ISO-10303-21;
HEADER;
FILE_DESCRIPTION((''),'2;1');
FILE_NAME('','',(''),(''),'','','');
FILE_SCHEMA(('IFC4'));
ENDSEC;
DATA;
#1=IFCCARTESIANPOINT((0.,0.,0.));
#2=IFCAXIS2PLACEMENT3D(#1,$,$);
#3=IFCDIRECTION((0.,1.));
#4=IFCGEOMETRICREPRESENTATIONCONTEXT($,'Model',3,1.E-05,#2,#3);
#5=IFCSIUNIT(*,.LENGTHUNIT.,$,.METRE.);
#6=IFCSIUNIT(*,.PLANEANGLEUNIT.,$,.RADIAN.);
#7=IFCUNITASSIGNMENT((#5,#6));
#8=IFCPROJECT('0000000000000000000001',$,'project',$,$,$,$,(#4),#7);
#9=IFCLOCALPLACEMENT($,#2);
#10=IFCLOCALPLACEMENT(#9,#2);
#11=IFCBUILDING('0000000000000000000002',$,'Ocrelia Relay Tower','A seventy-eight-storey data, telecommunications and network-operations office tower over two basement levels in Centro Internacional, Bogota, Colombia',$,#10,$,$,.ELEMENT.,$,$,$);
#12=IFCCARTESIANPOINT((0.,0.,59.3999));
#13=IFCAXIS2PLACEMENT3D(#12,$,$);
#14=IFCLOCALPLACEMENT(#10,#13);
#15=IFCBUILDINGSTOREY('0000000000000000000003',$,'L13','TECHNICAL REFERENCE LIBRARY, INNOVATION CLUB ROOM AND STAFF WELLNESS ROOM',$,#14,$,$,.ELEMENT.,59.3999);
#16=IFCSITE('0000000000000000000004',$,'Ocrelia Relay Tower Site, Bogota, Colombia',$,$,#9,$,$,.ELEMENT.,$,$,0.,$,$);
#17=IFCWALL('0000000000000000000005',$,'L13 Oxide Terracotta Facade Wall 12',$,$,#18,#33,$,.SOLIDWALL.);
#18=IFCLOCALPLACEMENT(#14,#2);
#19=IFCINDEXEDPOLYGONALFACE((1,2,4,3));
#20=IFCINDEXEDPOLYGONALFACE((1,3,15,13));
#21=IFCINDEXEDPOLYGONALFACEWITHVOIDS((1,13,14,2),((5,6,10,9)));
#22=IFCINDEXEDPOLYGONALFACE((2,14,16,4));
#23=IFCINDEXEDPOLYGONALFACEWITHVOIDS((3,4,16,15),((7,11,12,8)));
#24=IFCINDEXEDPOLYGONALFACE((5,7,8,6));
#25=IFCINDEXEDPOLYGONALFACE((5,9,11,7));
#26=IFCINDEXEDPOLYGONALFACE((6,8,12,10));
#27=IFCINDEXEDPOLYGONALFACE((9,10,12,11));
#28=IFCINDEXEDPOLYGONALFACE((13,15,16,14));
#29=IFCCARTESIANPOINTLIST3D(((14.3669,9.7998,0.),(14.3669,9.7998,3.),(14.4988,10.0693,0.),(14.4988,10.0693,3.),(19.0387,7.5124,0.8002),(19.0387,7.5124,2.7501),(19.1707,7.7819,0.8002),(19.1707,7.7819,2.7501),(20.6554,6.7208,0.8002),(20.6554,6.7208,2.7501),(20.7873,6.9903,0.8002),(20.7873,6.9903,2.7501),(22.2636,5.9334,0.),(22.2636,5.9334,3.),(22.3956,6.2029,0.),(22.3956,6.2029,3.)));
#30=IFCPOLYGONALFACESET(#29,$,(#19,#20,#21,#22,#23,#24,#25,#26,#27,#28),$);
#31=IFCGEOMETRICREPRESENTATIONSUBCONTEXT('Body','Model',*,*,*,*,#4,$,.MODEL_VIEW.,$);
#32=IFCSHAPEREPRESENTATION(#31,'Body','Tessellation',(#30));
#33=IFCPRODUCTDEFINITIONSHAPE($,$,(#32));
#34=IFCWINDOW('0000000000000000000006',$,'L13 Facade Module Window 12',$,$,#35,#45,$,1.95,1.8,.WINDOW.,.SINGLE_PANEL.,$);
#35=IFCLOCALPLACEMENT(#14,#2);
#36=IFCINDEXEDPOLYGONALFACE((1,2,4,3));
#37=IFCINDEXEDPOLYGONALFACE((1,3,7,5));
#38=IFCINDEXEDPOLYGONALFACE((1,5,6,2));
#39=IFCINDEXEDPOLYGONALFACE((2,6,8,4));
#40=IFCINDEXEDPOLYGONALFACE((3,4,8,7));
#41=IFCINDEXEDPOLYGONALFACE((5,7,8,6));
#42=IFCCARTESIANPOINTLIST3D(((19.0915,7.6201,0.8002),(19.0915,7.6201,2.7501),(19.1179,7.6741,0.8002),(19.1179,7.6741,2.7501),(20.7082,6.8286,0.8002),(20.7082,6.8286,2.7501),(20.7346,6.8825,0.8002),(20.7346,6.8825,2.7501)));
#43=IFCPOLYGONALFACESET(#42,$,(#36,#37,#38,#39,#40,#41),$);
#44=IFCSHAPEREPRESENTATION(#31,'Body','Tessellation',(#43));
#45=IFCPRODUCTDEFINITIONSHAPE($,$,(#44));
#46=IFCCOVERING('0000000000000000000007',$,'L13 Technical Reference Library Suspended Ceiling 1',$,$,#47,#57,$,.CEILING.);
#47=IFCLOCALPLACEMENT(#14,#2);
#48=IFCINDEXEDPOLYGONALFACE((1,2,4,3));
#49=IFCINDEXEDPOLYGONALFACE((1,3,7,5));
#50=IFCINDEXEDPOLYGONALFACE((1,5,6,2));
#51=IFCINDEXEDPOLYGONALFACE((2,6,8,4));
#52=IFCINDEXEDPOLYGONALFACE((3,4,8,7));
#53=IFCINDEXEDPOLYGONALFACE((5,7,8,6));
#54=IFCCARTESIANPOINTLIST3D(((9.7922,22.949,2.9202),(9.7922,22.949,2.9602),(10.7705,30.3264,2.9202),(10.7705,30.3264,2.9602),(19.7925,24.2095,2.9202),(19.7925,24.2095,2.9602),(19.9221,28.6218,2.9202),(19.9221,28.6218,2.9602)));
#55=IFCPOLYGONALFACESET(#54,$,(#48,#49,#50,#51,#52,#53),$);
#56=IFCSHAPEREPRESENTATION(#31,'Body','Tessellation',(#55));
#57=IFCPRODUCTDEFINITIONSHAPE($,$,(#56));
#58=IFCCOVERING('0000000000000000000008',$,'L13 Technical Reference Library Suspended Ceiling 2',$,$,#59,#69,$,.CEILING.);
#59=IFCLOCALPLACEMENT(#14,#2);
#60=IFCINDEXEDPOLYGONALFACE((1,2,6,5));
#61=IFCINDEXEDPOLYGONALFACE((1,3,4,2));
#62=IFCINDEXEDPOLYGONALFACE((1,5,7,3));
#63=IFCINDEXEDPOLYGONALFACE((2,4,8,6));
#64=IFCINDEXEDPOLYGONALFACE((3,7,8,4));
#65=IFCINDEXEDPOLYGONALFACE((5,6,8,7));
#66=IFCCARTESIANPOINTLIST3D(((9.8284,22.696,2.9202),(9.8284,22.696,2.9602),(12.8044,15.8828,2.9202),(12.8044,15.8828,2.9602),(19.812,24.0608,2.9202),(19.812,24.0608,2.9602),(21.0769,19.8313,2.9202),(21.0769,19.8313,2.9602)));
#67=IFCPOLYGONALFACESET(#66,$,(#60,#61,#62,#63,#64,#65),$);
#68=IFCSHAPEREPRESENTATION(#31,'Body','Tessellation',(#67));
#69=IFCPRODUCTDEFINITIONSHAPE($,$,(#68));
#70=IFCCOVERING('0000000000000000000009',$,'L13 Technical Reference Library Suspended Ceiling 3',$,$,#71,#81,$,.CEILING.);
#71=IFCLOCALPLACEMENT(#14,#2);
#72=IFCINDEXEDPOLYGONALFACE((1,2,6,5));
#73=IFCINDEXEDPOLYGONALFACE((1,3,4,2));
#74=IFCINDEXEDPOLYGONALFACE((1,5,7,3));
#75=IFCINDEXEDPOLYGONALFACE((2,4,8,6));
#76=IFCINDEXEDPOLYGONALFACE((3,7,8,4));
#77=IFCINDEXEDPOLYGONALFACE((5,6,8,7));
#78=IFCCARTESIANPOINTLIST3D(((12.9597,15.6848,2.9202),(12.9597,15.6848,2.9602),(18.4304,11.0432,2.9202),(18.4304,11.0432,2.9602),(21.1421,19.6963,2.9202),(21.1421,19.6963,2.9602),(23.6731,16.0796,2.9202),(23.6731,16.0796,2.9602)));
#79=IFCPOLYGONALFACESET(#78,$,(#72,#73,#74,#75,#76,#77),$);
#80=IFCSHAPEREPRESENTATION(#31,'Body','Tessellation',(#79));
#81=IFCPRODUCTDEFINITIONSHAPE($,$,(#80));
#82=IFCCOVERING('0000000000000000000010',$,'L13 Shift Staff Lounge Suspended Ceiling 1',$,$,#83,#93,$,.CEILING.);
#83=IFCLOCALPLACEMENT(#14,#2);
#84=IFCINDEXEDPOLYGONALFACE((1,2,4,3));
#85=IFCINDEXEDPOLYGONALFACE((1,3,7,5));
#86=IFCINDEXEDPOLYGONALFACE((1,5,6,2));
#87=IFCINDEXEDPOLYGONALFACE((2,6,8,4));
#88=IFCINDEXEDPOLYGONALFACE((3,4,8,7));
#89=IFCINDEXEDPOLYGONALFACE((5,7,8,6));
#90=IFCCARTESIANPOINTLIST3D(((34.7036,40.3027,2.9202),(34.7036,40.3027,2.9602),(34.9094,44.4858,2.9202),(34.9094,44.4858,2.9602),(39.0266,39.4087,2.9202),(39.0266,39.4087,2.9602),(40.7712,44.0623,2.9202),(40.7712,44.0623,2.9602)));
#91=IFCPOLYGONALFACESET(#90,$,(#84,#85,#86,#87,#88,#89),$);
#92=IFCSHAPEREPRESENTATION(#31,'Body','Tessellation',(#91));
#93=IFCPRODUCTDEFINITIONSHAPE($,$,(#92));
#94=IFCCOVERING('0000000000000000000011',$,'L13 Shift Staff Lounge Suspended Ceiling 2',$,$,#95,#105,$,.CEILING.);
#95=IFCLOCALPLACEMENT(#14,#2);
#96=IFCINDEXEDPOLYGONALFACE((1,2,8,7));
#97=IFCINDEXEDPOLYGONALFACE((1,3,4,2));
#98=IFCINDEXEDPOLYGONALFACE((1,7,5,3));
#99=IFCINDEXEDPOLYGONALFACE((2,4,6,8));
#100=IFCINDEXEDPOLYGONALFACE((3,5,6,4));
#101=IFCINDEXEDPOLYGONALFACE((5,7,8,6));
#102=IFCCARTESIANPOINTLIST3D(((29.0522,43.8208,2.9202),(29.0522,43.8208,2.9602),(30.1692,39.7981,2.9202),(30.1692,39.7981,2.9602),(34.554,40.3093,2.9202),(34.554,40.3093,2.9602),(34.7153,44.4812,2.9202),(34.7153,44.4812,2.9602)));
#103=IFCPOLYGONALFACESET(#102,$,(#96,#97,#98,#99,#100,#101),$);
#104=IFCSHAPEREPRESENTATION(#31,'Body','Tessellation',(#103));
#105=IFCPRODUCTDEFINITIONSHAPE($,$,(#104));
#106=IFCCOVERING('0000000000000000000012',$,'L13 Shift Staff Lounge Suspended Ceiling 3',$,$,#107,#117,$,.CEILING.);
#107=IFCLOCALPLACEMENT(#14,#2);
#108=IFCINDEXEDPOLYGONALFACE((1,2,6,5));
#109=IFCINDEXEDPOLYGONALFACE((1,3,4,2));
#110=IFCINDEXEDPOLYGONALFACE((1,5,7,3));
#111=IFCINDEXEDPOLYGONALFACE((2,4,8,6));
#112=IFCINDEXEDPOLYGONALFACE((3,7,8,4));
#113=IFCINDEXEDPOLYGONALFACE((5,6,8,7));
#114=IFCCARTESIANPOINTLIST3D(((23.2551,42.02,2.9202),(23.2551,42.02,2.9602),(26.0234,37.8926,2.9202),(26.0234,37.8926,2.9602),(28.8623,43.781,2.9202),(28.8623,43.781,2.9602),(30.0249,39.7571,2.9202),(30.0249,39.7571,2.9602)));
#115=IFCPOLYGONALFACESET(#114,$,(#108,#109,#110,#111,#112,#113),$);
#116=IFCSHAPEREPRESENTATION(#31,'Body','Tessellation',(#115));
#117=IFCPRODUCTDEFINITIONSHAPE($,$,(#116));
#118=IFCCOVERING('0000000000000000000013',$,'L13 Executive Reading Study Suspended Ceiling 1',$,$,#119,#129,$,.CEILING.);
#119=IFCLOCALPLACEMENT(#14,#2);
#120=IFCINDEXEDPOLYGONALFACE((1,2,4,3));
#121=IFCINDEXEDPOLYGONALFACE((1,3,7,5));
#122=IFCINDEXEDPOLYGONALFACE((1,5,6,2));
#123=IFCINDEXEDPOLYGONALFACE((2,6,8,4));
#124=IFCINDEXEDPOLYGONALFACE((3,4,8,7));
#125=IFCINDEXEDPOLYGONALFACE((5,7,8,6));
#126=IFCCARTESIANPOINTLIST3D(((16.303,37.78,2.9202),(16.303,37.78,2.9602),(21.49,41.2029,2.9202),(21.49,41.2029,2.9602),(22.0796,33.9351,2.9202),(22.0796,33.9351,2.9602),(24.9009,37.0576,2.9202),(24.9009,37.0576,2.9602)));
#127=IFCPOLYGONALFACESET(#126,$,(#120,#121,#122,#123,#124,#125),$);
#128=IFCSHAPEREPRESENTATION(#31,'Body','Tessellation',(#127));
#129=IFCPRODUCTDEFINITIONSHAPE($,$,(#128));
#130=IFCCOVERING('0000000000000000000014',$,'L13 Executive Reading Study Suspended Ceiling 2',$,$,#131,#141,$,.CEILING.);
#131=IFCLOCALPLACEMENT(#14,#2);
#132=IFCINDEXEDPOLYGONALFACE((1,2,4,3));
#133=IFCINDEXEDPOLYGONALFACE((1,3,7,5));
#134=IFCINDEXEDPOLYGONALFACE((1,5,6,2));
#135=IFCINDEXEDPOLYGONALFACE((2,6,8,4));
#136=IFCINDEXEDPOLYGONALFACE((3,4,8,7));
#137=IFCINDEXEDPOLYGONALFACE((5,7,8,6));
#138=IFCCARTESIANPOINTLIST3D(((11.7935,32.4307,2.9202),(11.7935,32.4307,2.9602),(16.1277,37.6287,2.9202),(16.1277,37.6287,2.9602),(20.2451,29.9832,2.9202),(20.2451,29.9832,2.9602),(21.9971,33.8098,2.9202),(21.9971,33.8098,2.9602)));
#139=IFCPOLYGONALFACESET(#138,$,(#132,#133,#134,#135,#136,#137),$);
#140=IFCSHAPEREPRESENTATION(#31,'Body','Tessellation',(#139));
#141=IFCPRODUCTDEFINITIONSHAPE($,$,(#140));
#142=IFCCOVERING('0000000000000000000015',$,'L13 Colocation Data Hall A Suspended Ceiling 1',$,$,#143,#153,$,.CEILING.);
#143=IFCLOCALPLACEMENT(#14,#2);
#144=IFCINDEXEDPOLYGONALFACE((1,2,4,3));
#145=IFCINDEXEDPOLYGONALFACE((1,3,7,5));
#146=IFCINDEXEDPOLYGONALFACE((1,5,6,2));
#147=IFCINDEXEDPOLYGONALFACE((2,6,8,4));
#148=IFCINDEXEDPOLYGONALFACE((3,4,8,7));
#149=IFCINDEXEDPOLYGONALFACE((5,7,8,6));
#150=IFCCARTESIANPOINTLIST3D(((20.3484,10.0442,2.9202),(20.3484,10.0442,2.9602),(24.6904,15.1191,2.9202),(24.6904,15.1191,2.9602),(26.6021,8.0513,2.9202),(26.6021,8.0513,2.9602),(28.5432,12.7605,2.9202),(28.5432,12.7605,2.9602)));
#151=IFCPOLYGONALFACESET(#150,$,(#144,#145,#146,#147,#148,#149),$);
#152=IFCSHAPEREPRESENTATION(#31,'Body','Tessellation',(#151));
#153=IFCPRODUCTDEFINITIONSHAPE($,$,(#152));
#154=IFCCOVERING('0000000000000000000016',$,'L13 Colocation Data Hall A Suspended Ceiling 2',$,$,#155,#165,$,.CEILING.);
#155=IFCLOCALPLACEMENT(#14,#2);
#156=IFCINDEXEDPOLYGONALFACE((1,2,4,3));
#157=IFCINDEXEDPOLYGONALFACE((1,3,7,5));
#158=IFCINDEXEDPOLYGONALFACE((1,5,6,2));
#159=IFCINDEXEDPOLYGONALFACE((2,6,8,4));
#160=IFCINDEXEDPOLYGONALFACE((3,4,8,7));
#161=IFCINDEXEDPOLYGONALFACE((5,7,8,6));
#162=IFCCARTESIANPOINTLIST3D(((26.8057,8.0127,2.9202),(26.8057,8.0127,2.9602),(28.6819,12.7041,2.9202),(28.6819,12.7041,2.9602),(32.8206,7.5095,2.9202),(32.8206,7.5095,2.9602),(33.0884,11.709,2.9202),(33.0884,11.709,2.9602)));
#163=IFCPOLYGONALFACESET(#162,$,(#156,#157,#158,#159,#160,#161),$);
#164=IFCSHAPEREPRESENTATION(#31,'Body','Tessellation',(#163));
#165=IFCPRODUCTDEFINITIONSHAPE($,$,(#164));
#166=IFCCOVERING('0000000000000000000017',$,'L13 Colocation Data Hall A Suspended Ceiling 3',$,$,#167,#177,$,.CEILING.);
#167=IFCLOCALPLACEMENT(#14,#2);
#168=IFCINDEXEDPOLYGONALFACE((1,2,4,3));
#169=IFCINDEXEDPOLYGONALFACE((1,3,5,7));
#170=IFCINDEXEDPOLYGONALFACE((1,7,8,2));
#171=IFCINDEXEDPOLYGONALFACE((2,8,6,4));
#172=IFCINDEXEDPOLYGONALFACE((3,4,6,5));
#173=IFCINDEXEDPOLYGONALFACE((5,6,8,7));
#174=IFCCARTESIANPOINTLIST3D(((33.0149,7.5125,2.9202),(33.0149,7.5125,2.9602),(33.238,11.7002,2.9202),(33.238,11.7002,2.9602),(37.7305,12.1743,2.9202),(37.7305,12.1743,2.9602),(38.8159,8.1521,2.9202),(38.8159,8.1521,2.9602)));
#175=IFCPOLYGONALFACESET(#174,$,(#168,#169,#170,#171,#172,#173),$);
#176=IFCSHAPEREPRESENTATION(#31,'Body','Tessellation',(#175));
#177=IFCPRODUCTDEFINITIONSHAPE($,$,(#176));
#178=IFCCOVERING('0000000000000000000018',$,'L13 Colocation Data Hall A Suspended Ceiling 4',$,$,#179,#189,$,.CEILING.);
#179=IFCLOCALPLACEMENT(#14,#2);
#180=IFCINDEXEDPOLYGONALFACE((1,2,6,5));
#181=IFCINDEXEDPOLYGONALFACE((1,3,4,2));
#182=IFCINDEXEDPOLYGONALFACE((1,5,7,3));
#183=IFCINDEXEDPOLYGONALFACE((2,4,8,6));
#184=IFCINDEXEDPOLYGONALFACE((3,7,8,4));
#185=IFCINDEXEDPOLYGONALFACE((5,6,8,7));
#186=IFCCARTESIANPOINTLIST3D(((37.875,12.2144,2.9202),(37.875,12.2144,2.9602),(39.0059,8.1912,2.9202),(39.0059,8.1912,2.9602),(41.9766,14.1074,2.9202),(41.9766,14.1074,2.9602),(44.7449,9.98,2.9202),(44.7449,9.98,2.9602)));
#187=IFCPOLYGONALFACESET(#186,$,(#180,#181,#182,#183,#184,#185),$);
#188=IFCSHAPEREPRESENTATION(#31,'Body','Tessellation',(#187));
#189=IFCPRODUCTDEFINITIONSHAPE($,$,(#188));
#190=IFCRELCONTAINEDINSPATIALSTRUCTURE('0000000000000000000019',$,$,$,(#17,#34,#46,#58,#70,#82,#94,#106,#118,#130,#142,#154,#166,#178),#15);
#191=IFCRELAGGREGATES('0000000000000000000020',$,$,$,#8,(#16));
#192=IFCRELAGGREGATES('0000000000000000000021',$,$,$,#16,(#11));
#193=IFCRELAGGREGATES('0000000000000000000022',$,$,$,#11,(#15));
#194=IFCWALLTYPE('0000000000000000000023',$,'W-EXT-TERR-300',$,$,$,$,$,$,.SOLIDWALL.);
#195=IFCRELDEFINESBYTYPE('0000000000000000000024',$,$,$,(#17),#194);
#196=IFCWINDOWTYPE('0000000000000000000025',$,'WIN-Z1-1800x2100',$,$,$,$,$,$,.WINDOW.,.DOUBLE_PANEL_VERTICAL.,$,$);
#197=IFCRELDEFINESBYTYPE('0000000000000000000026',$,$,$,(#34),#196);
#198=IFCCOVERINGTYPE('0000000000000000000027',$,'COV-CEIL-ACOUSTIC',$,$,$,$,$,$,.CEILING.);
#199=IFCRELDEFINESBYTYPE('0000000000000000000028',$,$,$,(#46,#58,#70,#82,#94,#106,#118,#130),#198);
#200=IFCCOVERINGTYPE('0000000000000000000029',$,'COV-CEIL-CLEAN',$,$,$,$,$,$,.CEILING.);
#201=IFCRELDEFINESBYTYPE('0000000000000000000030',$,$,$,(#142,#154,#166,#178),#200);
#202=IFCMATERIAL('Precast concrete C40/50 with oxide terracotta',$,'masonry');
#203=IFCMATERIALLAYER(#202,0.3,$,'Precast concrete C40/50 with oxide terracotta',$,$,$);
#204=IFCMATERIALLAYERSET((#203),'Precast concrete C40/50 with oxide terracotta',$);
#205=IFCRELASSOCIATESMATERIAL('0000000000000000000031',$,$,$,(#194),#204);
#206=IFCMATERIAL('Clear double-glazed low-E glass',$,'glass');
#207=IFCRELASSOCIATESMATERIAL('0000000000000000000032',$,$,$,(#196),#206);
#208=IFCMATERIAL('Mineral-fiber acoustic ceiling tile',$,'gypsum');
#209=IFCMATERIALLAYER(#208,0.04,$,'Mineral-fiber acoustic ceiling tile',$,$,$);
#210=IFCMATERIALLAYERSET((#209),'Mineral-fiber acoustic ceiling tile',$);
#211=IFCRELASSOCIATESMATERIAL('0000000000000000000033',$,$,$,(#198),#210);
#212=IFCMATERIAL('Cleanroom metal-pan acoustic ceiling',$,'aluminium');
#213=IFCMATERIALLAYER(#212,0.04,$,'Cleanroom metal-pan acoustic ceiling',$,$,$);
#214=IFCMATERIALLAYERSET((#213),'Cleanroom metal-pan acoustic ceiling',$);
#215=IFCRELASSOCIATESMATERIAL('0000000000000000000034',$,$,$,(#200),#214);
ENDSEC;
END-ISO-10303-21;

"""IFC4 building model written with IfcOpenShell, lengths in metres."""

from ifc_helpers import new_model, si_unit, direction, frame, frame_2d, origin, place, context, subcontext, project, spatial, polyline, rectangle, outline, extrude, material, layer, layer_set, type_object, element, fill, save


model = new_model("IFC4")

# Units and contexts
model_context = context("Model", 3, precision=1e-05, world=origin(), true_north=direction((0.0, 1.0)))
body_context = subcontext(model_context, "Body", "Model", "MODEL_VIEW")
ifc_project = project(units=[si_unit("LENGTHUNIT", "METRE"), si_unit("PLANEANGLEUNIT", "RADIAN")], contexts=[model_context])

# Site, building, storey
site_placement = place(None, origin())
site = spatial("IfcSite", under=ifc_project, at=site_placement, Name="Ocrelia Relay Tower Site, Bogota, Colombia", CompositionType="ELEMENT", RefElevation=0.0)
building_placement = place(site_placement, origin())
building = spatial("IfcBuilding", under=site, at=building_placement, Name="Ocrelia Relay Tower", Description="A seventy-eight-storey data, telecommunications and network-operations office tower over two basement levels in Centro Internacional, Bogota, Colombia", CompositionType="ELEMENT")
storey_placement = place(building_placement, frame((0.0, 0.0, 59.3999)))
storey = spatial("IfcBuildingStorey", under=building, at=storey_placement, Name="L13", Description="TECHNICAL REFERENCE LIBRARY, INNOVATION CLUB ROOM AND STAFF WELLNESS ROOM", CompositionType="ELEMENT", Elevation=59.3999)

# Wall, opening, window
ifc_material_1 = material(Name="Precast concrete C40/50 with oxide terracotta", Category="masonry")
ifc_layer_1 = layer(ifc_material_1, 0.3, Name="Precast concrete C40/50 with oxide terracotta")
ifc_layer_set_1 = layer_set([ifc_layer_1], Name="Precast concrete C40/50 with oxide terracotta")
wall_type = type_object("IfcWallType", Name="W-EXT-TERR-300", PredefinedType="SOLIDWALL", material=ifc_layer_set_1)
wall_placement = place(storey_placement, frame((14.4329, 9.9346, 0.0), z_axis=(0.0, 0.0, 1.0), x_axis=(0.898122, -0.439745, 0.0)))
wall = element("IfcWall", 1, at=wall_placement, inside=storey, type_object=wall_type, Name="L13 Oxide Terracotta Facade Wall 12", PredefinedType="SOLIDWALL", context=body_context, shape_type="SweptSolid", body=[
    extrude(rectangle(XDim=8.7925, YDim=0.3, at=frame_2d((4.3962, 0.0))), origin(), (0.0, 0.0, 1.0), 3.0),
])
opening_placement = place(wall_placement, frame((5.2019, 0.0, 0.8)))
opening = element("IfcOpeningElement", 2, at=opening_placement, cuts=wall, PredefinedType="OPENING", context=body_context, shape_type="SweptSolid", body=[
    extrude(rectangle(XDim=1.8, YDim=1.95, at=frame_2d((0.8999, 0.9751))), frame((0.0, 0.1602, 0.0), z_axis=(0.0, -1.0, 0.0), x_axis=(1.0, 0.0, 0.0)), (0.0, 0.0, 1.0), 0.3201),
])
ifc_material_2 = material(Name="Clear double-glazed low-E glass", Category="glass")
window_type = type_object("IfcWindowType", Name="WIN-Z1-1800x2100", PartitioningType="DOUBLE_PANEL_VERTICAL", PredefinedType="WINDOW", material=ifc_material_2)
window_placement = place(opening_placement, origin())
window = element("IfcWindow", 3, at=window_placement, inside=storey, type_object=window_type, Name="L13 Facade Module Window 12", OverallHeight=1.95, OverallWidth=1.8, PartitioningType="SINGLE_PANEL", PredefinedType="WINDOW", context=body_context, shape_type="SweptSolid", body=[
    extrude(rectangle(XDim=1.8, YDim=1.95, at=frame_2d((0.8999, 0.9751))), frame((0.0, 0.03, 0.0), z_axis=(0.0, -1.0, 0.0), x_axis=(1.0, 0.0, 0.0)), (0.0, 0.0, 1.0), 0.0601),
])
fill(opening, window)

# Coverings
ifc_material_3 = material(Name="Mineral-fiber acoustic ceiling tile", Category="gypsum")
ifc_layer_2 = layer(ifc_material_3, 0.04, Name="Mineral-fiber acoustic ceiling tile")
ifc_layer_set_2 = layer_set([ifc_layer_2], Name="Mineral-fiber acoustic ceiling tile")
covering_type_1 = type_object("IfcCoveringType", Name="COV-CEIL-ACOUSTIC", PredefinedType="CEILING", material=ifc_layer_set_2)
covering_1_placement = place(storey_placement, frame((0.0, 0.0, 2.9202)))
element("IfcCovering", 4, at=covering_1_placement, inside=storey, type_object=covering_type_1, Name="L13 Technical Reference Library Suspended Ceiling 1", PredefinedType="CEILING", context=body_context, shape_type="SweptSolid", body=[
    extrude(outline(polyline([(19.9221, 28.6218), (10.7705, 30.3264), (9.7922, 22.949), (19.7925, 24.2095), (19.9221, 28.6218)])), origin(), (0.0, 0.0, 1.0), 0.04),
])
covering_2_placement = place(storey_placement, frame((0.0, 0.0, 2.9202)))
element("IfcCovering", 5, at=covering_2_placement, inside=storey, type_object=covering_type_1, Name="L13 Technical Reference Library Suspended Ceiling 2", PredefinedType="CEILING", context=body_context, shape_type="SweptSolid", body=[
    extrude(outline(polyline([(19.812, 24.0608), (9.8284, 22.696), (12.8044, 15.8828), (21.0769, 19.8313), (19.812, 24.0608)])), origin(), (0.0, 0.0, 1.0), 0.04),
])
covering_3_placement = place(storey_placement, frame((0.0, 0.0, 2.9202)))
element("IfcCovering", 6, at=covering_3_placement, inside=storey, type_object=covering_type_1, Name="L13 Technical Reference Library Suspended Ceiling 3", PredefinedType="CEILING", context=body_context, shape_type="SweptSolid", body=[
    extrude(outline(polyline([(21.1421, 19.6963), (12.9597, 15.6848), (18.4304, 11.0432), (23.6731, 16.0796), (21.1421, 19.6963)])), origin(), (0.0, 0.0, 1.0), 0.04),
])
covering_4_placement = place(storey_placement, frame((0.0, 0.0, 2.9202)))
element("IfcCovering", 7, at=covering_4_placement, inside=storey, type_object=covering_type_1, Name="L13 Shift Staff Lounge Suspended Ceiling 1", PredefinedType="CEILING", context=body_context, shape_type="SweptSolid", body=[
    extrude(outline(polyline([(39.0266, 39.4087), (40.7712, 44.0623), (34.9094, 44.4858), (34.7036, 40.3027), (39.0266, 39.4087)])), origin(), (0.0, 0.0, 1.0), 0.04),
])
covering_5_placement = place(storey_placement, frame((0.0, 0.0, 2.9202)))
element("IfcCovering", 8, at=covering_5_placement, inside=storey, type_object=covering_type_1, Name="L13 Shift Staff Lounge Suspended Ceiling 2", PredefinedType="CEILING", context=body_context, shape_type="SweptSolid", body=[
    extrude(outline(polyline([(34.554, 40.3093), (34.7153, 44.4812), (29.0522, 43.8208), (30.1692, 39.7981), (34.554, 40.3093)])), origin(), (0.0, 0.0, 1.0), 0.04),
])
covering_6_placement = place(storey_placement, frame((0.0, 0.0, 2.9202)))
element("IfcCovering", 9, at=covering_6_placement, inside=storey, type_object=covering_type_1, Name="L13 Shift Staff Lounge Suspended Ceiling 3", PredefinedType="CEILING", context=body_context, shape_type="SweptSolid", body=[
    extrude(outline(polyline([(30.0249, 39.7571), (28.8623, 43.781), (23.2551, 42.02), (26.0234, 37.8926), (30.0249, 39.7571)])), origin(), (0.0, 0.0, 1.0), 0.04),
])
covering_7_placement = place(storey_placement, frame((0.0, 0.0, 2.9202)))
element("IfcCovering", 10, at=covering_7_placement, inside=storey, type_object=covering_type_1, Name="L13 Executive Reading Study Suspended Ceiling 1", PredefinedType="CEILING", context=body_context, shape_type="SweptSolid", body=[
    extrude(outline(polyline([(24.9009, 37.0576), (21.49, 41.2029), (16.303, 37.78), (22.0796, 33.9351), (24.9009, 37.0576)])), origin(), (0.0, 0.0, 1.0), 0.04),
])
covering_8_placement = place(storey_placement, frame((0.0, 0.0, 2.9202)))
element("IfcCovering", 11, at=covering_8_placement, inside=storey, type_object=covering_type_1, Name="L13 Executive Reading Study Suspended Ceiling 2", PredefinedType="CEILING", context=body_context, shape_type="SweptSolid", body=[
    extrude(outline(polyline([(21.9971, 33.8098), (16.1277, 37.6287), (11.7935, 32.4307), (20.2451, 29.9832), (21.9971, 33.8098)])), origin(), (0.0, 0.0, 1.0), 0.04),
])
ifc_material_4 = material(Name="Cleanroom metal-pan acoustic ceiling", Category="aluminium")
ifc_layer_3 = layer(ifc_material_4, 0.04, Name="Cleanroom metal-pan acoustic ceiling")
ifc_layer_set_3 = layer_set([ifc_layer_3], Name="Cleanroom metal-pan acoustic ceiling")
covering_type_2 = type_object("IfcCoveringType", Name="COV-CEIL-CLEAN", PredefinedType="CEILING", material=ifc_layer_set_3)
covering_9_placement = place(storey_placement, frame((0.0, 0.0, 2.9202)))
element("IfcCovering", 12, at=covering_9_placement, inside=storey, type_object=covering_type_2, Name="L13 Colocation Data Hall A Suspended Ceiling 1", PredefinedType="CEILING", context=body_context, shape_type="SweptSolid", body=[
    extrude(outline(polyline([(24.6904, 15.1191), (20.3484, 10.0442), (26.6021, 8.0513), (28.5432, 12.7605), (24.6904, 15.1191)])), origin(), (0.0, 0.0, 1.0), 0.04),
])
covering_10_placement = place(storey_placement, frame((0.0, 0.0, 2.9202)))
element("IfcCovering", 13, at=covering_10_placement, inside=storey, type_object=covering_type_2, Name="L13 Colocation Data Hall A Suspended Ceiling 2", PredefinedType="CEILING", context=body_context, shape_type="SweptSolid", body=[
    extrude(outline(polyline([(28.6819, 12.7041), (26.8057, 8.0127), (32.8206, 7.5095), (33.0884, 11.709), (28.6819, 12.7041)])), origin(), (0.0, 0.0, 1.0), 0.04),
])
covering_11_placement = place(storey_placement, frame((0.0, 0.0, 2.9202)))
element("IfcCovering", 14, at=covering_11_placement, inside=storey, type_object=covering_type_2, Name="L13 Colocation Data Hall A Suspended Ceiling 3", PredefinedType="CEILING", context=body_context, shape_type="SweptSolid", body=[
    extrude(outline(polyline([(33.238, 11.7002), (33.0149, 7.5125), (38.8159, 8.1521), (37.7305, 12.1743), (33.238, 11.7002)])), origin(), (0.0, 0.0, 1.0), 0.04),
])
covering_12_placement = place(storey_placement, frame((0.0, 0.0, 2.9202)))
element("IfcCovering", 15, at=covering_12_placement, inside=storey, type_object=covering_type_2, Name="L13 Colocation Data Hall A Suspended Ceiling 4", PredefinedType="CEILING", context=body_context, shape_type="SweptSolid", body=[
    extrude(outline(polyline([(37.875, 12.2144), (39.0059, 8.1912), (44.7449, 9.98), (41.9766, 14.1074), (37.875, 12.2144)])), origin(), (0.0, 0.0, 1.0), 0.04),
])

save(model, "model.ifc")
